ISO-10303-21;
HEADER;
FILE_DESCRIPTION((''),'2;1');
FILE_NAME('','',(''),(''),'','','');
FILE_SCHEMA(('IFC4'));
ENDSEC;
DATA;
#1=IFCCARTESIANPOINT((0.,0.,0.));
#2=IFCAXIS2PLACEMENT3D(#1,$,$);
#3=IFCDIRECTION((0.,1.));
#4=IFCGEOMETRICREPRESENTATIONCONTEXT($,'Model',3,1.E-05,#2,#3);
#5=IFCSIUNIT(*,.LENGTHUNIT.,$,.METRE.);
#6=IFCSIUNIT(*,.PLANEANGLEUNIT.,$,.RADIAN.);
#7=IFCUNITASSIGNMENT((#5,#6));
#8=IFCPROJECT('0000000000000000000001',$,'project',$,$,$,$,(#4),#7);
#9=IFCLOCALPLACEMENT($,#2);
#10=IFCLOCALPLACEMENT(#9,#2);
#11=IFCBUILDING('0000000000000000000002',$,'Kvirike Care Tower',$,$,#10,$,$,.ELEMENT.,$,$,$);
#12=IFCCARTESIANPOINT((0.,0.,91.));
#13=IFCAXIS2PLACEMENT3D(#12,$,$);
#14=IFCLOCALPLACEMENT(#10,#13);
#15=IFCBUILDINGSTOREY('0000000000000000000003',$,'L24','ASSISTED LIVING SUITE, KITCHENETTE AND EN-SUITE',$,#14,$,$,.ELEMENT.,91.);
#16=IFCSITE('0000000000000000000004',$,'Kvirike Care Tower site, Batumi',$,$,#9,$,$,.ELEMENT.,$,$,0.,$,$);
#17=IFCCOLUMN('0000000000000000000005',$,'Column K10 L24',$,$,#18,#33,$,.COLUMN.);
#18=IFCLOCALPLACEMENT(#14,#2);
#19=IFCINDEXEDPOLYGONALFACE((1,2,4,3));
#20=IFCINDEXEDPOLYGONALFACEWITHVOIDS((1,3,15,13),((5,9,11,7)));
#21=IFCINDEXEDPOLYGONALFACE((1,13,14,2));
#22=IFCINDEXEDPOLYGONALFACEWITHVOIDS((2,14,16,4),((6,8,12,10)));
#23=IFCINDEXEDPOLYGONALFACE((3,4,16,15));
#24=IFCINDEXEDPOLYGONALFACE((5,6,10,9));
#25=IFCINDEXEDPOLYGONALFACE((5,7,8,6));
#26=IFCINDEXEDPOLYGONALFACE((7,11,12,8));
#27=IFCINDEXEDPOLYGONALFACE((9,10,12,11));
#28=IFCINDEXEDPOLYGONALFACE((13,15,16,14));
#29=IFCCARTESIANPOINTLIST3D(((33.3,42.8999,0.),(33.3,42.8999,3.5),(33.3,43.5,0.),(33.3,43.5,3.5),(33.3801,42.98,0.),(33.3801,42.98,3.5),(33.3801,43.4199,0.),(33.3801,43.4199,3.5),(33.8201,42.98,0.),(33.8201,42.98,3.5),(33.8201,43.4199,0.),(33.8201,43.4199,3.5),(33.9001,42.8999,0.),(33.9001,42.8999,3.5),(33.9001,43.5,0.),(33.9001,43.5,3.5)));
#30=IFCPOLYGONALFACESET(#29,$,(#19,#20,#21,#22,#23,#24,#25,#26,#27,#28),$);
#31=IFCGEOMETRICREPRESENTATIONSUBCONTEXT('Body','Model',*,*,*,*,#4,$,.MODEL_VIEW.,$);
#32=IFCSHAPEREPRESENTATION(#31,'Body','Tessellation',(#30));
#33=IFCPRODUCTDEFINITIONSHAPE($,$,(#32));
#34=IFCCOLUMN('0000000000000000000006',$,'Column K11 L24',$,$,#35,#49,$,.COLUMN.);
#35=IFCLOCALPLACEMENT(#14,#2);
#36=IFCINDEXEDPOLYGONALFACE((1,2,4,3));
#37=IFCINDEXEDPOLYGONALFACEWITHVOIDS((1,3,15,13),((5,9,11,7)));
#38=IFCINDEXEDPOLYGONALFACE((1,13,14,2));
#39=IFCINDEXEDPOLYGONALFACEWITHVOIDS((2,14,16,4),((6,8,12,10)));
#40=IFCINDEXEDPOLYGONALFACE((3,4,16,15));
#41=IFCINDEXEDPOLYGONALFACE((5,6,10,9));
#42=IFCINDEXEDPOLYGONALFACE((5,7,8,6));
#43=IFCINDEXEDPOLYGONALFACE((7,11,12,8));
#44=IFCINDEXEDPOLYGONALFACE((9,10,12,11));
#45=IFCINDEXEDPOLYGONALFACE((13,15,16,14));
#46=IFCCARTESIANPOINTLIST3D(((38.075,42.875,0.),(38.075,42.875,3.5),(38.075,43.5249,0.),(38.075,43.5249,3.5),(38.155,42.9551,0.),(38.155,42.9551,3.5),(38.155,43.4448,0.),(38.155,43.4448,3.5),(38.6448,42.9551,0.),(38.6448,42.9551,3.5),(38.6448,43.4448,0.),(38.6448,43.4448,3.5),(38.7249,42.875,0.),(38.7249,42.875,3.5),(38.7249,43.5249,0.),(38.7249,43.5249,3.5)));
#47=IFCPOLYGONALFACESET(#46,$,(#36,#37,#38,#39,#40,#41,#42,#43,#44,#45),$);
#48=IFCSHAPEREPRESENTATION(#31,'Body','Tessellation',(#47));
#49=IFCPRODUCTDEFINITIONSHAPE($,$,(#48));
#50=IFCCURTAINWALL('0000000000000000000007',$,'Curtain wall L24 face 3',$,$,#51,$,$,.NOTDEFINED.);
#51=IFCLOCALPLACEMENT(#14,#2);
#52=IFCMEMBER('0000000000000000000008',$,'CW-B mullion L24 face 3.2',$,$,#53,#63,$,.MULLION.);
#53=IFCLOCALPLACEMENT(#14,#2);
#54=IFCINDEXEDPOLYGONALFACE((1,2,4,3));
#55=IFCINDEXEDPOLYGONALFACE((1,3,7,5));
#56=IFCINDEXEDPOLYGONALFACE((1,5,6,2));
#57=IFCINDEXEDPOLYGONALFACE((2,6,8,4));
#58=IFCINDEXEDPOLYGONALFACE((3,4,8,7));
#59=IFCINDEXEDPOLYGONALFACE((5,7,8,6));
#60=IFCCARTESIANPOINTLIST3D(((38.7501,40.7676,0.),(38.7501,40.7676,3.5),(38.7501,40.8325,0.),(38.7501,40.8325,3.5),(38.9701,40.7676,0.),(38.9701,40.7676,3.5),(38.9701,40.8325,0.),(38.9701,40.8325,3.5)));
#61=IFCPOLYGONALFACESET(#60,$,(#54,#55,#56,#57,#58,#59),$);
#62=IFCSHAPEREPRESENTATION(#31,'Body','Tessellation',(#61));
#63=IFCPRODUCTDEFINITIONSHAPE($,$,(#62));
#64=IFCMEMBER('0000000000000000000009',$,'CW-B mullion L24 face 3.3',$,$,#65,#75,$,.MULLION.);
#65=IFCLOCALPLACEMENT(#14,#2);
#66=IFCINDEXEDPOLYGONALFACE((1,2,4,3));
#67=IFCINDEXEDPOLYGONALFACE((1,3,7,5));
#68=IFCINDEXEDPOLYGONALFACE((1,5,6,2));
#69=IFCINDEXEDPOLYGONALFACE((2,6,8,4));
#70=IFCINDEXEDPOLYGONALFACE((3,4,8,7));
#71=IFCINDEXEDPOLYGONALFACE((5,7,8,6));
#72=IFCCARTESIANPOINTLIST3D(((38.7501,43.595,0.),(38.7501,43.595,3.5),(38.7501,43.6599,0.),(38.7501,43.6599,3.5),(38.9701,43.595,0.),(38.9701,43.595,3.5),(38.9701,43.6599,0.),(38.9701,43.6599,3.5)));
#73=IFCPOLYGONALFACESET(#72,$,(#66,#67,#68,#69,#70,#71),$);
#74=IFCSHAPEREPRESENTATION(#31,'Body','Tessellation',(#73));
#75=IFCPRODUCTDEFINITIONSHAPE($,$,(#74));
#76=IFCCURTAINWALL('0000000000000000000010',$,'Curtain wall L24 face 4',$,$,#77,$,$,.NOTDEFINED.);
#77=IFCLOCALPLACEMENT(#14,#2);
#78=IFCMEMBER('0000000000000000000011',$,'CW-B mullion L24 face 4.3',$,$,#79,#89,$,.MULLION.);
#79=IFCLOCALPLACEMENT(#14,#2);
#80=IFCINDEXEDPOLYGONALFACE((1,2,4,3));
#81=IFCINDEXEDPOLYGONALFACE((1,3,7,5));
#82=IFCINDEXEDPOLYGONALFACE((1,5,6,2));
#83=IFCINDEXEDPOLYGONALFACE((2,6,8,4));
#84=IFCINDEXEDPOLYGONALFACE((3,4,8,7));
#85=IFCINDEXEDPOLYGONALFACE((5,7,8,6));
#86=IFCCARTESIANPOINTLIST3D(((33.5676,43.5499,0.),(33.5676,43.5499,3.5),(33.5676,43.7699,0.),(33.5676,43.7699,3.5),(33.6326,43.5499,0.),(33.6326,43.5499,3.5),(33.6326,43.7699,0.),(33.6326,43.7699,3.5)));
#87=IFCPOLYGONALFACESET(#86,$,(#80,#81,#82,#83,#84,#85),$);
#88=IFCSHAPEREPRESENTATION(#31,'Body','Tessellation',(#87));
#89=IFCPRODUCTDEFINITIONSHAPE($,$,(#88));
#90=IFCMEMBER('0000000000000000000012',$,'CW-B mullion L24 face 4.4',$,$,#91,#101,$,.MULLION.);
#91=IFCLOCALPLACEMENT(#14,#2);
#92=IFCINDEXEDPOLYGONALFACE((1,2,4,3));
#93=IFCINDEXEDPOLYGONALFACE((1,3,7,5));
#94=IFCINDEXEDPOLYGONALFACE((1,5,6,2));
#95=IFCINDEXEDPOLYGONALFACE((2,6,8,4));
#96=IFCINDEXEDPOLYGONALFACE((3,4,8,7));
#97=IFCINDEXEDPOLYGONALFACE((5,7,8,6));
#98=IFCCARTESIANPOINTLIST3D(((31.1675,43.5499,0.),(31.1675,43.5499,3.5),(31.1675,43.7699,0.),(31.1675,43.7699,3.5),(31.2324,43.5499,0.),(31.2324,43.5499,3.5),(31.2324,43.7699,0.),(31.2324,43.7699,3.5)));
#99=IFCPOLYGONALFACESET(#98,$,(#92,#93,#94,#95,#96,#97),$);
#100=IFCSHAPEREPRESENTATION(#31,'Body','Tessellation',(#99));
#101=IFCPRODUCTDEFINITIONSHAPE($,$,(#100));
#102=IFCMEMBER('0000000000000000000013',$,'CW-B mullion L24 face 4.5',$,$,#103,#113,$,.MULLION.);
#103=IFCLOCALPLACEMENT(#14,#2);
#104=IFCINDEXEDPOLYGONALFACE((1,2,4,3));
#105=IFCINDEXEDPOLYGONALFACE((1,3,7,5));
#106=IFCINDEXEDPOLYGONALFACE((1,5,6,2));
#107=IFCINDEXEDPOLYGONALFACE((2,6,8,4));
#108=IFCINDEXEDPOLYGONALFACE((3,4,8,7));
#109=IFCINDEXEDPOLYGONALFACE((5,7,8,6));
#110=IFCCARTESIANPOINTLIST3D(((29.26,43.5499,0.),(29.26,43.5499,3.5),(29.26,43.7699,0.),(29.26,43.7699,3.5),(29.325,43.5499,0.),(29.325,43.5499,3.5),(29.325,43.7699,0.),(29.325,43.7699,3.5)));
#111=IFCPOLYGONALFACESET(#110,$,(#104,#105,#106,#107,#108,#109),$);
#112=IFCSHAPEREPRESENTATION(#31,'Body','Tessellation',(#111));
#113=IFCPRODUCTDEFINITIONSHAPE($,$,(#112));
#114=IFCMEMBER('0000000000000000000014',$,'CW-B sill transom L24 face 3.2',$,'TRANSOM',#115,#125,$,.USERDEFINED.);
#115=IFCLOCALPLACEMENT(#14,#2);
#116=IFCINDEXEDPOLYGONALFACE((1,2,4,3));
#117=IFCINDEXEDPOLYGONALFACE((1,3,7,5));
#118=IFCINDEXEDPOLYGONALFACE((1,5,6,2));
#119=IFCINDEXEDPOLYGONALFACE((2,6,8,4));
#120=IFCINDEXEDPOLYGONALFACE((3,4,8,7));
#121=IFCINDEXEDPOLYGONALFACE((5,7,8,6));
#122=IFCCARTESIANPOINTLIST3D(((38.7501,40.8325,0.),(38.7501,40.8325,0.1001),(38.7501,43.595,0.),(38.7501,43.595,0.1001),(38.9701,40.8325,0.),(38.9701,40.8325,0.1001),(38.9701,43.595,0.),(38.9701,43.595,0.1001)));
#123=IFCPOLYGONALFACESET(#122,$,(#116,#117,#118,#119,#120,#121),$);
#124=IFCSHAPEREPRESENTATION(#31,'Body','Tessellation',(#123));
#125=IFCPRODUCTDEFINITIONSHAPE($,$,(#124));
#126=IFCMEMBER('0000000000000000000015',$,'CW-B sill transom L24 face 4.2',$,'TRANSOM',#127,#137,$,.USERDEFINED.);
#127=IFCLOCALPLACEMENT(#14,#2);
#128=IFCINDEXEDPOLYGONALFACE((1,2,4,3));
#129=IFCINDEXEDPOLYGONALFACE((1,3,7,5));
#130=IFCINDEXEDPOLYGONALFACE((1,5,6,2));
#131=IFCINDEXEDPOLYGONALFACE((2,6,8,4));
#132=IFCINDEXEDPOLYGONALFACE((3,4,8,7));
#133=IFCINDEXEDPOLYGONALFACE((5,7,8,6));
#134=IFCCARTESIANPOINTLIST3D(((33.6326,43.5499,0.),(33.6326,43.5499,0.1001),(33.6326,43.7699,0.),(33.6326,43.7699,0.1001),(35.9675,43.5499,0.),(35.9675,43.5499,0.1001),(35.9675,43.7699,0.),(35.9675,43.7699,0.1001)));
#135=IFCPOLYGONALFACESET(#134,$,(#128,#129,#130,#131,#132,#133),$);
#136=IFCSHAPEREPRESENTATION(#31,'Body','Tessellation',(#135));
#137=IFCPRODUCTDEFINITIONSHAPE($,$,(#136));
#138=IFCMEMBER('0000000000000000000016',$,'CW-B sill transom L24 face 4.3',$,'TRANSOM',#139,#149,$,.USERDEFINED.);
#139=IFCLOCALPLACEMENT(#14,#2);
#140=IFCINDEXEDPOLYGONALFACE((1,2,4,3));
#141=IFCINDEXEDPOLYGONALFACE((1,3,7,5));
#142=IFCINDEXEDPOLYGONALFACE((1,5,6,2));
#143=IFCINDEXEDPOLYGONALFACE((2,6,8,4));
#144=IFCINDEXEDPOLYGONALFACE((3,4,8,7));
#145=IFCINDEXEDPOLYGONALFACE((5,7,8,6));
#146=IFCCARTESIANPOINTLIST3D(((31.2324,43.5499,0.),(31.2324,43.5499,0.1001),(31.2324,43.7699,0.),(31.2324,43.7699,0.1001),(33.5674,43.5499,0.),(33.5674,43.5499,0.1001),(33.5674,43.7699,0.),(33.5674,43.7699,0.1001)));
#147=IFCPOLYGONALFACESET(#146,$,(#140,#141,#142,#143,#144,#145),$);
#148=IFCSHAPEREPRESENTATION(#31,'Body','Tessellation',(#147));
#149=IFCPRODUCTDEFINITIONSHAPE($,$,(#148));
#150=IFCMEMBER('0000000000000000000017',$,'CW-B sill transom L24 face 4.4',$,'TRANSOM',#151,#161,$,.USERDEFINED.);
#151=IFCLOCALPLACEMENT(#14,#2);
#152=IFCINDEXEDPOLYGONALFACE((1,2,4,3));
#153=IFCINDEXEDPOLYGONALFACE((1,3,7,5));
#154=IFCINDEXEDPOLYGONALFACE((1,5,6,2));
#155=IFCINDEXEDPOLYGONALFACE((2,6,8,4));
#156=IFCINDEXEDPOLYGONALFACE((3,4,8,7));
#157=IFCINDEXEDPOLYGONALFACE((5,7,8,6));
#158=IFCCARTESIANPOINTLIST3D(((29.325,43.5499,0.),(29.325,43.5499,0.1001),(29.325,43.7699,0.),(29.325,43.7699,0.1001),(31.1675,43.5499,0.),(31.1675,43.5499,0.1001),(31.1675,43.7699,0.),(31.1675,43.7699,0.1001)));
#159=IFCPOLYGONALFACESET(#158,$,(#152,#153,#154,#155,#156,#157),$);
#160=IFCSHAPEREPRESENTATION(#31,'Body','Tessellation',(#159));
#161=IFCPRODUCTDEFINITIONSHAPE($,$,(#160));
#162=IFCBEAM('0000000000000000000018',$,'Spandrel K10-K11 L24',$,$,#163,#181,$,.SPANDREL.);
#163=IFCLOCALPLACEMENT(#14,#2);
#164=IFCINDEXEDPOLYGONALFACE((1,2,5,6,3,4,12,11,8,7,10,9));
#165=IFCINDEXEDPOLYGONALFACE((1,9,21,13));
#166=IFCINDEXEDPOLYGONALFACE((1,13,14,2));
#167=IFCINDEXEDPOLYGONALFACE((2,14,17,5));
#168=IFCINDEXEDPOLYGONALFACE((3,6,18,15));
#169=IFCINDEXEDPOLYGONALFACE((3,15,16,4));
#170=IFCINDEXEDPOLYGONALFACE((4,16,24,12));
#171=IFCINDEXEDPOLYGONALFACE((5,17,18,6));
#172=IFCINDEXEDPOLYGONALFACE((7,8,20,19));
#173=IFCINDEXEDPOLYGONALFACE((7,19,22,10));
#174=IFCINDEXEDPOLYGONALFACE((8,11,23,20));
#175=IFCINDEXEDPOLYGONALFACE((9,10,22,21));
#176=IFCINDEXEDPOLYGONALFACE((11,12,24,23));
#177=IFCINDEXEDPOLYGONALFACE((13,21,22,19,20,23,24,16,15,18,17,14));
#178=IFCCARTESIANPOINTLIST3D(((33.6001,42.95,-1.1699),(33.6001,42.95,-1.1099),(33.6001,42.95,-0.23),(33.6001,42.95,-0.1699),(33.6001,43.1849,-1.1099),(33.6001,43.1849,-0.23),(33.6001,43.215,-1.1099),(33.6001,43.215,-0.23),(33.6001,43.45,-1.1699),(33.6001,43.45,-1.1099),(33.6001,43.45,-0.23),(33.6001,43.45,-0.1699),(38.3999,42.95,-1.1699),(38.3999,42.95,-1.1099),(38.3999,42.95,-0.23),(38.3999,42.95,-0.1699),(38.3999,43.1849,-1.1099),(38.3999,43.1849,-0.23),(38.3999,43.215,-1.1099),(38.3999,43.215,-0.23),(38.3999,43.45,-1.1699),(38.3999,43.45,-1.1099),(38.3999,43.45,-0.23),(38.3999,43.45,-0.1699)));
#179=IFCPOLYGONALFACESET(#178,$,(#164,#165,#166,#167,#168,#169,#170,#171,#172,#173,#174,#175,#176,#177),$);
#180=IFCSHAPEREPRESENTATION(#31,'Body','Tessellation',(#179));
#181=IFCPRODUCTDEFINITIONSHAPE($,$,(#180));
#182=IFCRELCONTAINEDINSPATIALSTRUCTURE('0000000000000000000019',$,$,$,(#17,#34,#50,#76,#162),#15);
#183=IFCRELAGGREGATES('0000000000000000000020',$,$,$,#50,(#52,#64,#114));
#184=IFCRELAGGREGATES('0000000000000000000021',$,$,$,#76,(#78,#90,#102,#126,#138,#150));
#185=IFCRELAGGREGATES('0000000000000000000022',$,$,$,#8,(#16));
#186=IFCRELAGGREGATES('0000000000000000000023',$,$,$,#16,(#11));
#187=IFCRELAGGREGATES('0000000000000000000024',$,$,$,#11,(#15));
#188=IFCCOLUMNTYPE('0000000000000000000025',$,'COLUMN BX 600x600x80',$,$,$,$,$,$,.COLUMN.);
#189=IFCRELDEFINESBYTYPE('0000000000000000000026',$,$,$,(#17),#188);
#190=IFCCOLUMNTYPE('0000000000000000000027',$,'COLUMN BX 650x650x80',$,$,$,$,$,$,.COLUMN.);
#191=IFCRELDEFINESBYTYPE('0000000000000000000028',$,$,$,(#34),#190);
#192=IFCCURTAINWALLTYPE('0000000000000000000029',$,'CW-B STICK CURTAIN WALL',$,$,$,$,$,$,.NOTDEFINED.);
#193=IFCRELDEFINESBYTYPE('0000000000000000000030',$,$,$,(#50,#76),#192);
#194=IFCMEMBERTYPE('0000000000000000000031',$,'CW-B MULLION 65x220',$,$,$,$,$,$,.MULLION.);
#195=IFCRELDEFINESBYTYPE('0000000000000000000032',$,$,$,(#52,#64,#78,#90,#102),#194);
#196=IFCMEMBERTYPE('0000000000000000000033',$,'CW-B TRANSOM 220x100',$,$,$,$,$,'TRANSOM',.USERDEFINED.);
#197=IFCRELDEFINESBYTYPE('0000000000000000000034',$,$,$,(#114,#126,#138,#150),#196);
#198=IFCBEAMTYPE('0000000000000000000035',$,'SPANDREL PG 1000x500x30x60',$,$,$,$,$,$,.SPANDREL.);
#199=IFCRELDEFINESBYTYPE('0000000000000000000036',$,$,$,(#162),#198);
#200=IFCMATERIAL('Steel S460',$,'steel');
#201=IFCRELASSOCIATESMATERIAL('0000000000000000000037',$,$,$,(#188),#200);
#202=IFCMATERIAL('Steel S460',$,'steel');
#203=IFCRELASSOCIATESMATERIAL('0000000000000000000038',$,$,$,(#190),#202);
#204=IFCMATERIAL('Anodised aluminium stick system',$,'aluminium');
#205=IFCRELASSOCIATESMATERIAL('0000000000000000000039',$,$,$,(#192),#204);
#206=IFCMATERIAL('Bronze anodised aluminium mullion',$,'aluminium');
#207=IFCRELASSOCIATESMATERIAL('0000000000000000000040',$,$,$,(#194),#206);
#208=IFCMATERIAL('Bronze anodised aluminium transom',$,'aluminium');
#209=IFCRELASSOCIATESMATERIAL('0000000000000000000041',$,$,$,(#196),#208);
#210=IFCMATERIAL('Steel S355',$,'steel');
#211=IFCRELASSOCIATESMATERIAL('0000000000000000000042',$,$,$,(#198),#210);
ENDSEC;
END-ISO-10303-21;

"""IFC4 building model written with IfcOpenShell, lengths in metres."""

from ifc_helpers import new_model, si_unit, direction, frame, origin, origin_2d, place, context, subcontext, project, spatial, rectangle, hollow_rectangle, i_section, extrude, material, material_profile, profile_set, type_object, element, aggregate, save


model = new_model("IFC4")

# Units and contexts
model_context = context("Model", 3, precision=1e-05, world=origin(), true_north=direction((0.0, 1.0)))
body_context = subcontext(model_context, "Body", "Model", "MODEL_VIEW")
ifc_project = project(units=[si_unit("LENGTHUNIT", "METRE"), si_unit("PLANEANGLEUNIT", "RADIAN")], contexts=[model_context])

# Site, building, storey
site_placement = place(None, origin())
site = spatial("IfcSite", under=ifc_project, at=site_placement, Name="Kvirike Care Tower site, Batumi", CompositionType="ELEMENT", RefElevation=0.0)
building_placement = place(site_placement, origin())
building = spatial("IfcBuilding", under=site, at=building_placement, Name="Kvirike Care Tower", CompositionType="ELEMENT")
storey_placement = place(building_placement, frame((0.0, 0.0, 91.0)))
storey = spatial("IfcBuildingStorey", under=building, at=storey_placement, Name="L24", Description="ASSISTED LIVING SUITE, KITCHENETTE AND EN-SUITE", CompositionType="ELEMENT", Elevation=91.0)

# Columns
ifc_material_1 = material(Name="Steel S460", Category="steel")
ifc_material_profile_1 = material_profile(ifc_material_1, hollow_rectangle(XDim=0.6001, YDim=0.6001, WallThickness=0.0801, at=origin_2d()), Name="BX 600x600x80")
ifc_profile_set_1 = profile_set([ifc_material_profile_1], Name="Steel S460")
column_type_1 = type_object("IfcColumnType", Name="COLUMN BX 600x600x80", PredefinedType="COLUMN", material=ifc_profile_set_1)
column_1_placement = place(storey_placement, frame((33.6001, 43.2, 0.0), z_axis=(0.0, 0.0, 1.0), x_axis=(0.0, 1.0, 0.0)))
element("IfcColumn", 1, at=column_1_placement, inside=storey, type_object=column_type_1, Name="Column K10 L24", PredefinedType="COLUMN", context=body_context, shape_type="SweptSolid", body=[
    extrude(hollow_rectangle(XDim=0.6001, YDim=0.6001, WallThickness=0.0801, at=origin_2d()), origin(), (0.0, 0.0, 1.0), 3.5),
])
ifc_material_2 = material(Name="Steel S460", Category="steel")
ifc_material_profile_2 = material_profile(ifc_material_2, hollow_rectangle(XDim=0.6499, YDim=0.6499, WallThickness=0.0801, at=origin_2d()), Name="BX 650x650x80")
ifc_profile_set_2 = profile_set([ifc_material_profile_2], Name="Steel S460")
column_type_2 = type_object("IfcColumnType", Name="COLUMN BX 650x650x80", PredefinedType="COLUMN", material=ifc_profile_set_2)
column_2_placement = place(storey_placement, frame((38.3999, 43.2, 0.0), z_axis=(0.0, 0.0, 1.0), x_axis=(0.0, 1.0, 0.0)))
element("IfcColumn", 2, at=column_2_placement, inside=storey, type_object=column_type_2, Name="Column K11 L24", PredefinedType="COLUMN", context=body_context, shape_type="SweptSolid", body=[
    extrude(hollow_rectangle(XDim=0.6499, YDim=0.6499, WallThickness=0.0801, at=origin_2d()), origin(), (0.0, 0.0, 1.0), 3.5),
])

# Curtain walls, members
ifc_material_3 = material(Name="Anodised aluminium stick system", Category="aluminium")
curtain_wall_type = type_object("IfcCurtainWallType", Name="CW-B STICK CURTAIN WALL", PredefinedType="NOTDEFINED", material=ifc_material_3)
curtain_wall_1_placement = place(storey_placement, origin())
curtain_wall_1 = element("IfcCurtainWall", 3, at=curtain_wall_1_placement, inside=storey, type_object=curtain_wall_type, Name="Curtain wall L24 face 3", PredefinedType="NOTDEFINED")
ifc_material_4 = material(Name="Bronze anodised aluminium mullion", Category="aluminium")
ifc_material_profile_3 = material_profile(ifc_material_4, rectangle(XDim=0.0649, YDim=0.22, at=origin_2d()), Name="CW-B MULLION 65x220")
ifc_profile_set_3 = profile_set([ifc_material_profile_3], Name="Bronze anodised aluminium mullion")
member_type_1 = type_object("IfcMemberType", Name="CW-B MULLION 65x220", PredefinedType="MULLION", material=ifc_profile_set_3)
member_1_placement = place(storey_placement, frame((38.8601, 40.8, 0.0), z_axis=(0.0, 0.0, 1.0), x_axis=(0.0, 1.0, 0.0)))
member_1 = element("IfcMember", 4, at=member_1_placement, type_object=member_type_1, Name="CW-B mullion L24 face 3.2", PredefinedType="MULLION", context=body_context, shape_type="SweptSolid", body=[
    extrude(rectangle(XDim=0.0649, YDim=0.22, at=origin_2d()), origin(), (0.0, 0.0, 1.0), 3.5),
])
member_2_placement = place(storey_placement, frame((38.8601, 43.6274, 0.0), z_axis=(0.0, 0.0, 1.0), x_axis=(0.0, 1.0, 0.0)))
member_2 = element("IfcMember", 5, at=member_2_placement, type_object=member_type_1, Name="CW-B mullion L24 face 3.3", PredefinedType="MULLION", context=body_context, shape_type="SweptSolid", body=[
    extrude(rectangle(XDim=0.0649, YDim=0.22, at=origin_2d()), origin(), (0.0, 0.0, 1.0), 3.5),
])
curtain_wall_2_placement = place(storey_placement, origin())
curtain_wall_2 = element("IfcCurtainWall", 6, at=curtain_wall_2_placement, inside=storey, type_object=curtain_wall_type, Name="Curtain wall L24 face 4", PredefinedType="NOTDEFINED")
member_3_placement = place(storey_placement, frame((33.6001, 43.6599, 0.0), z_axis=(0.0, 0.0, 1.0), x_axis=(-1.0, 0.0, 0.0)))
member_3 = element("IfcMember", 7, at=member_3_placement, type_object=member_type_1, Name="CW-B mullion L24 face 4.3", PredefinedType="MULLION", context=body_context, shape_type="SweptSolid", body=[
    extrude(rectangle(XDim=0.0649, YDim=0.22, at=origin_2d()), origin(), (0.0, 0.0, 1.0), 3.5),
])
member_4_placement = place(storey_placement, frame((31.2, 43.6599, 0.0), z_axis=(0.0, 0.0, 1.0), x_axis=(-1.0, 0.0, 0.0)))
member_4 = element("IfcMember", 8, at=member_4_placement, type_object=member_type_1, Name="CW-B mullion L24 face 4.4", PredefinedType="MULLION", context=body_context, shape_type="SweptSolid", body=[
    extrude(rectangle(XDim=0.0649, YDim=0.22, at=origin_2d()), origin(), (0.0, 0.0, 1.0), 3.5),
])
member_5_placement = place(storey_placement, frame((29.2925, 43.6599, 0.0), z_axis=(0.0, 0.0, 1.0), x_axis=(-1.0, 0.0, 0.0)))
member_5 = element("IfcMember", 9, at=member_5_placement, type_object=member_type_1, Name="CW-B mullion L24 face 4.5", PredefinedType="MULLION", context=body_context, shape_type="SweptSolid", body=[
    extrude(rectangle(XDim=0.0649, YDim=0.22, at=origin_2d()), origin(), (0.0, 0.0, 1.0), 3.5),
])

# Members
ifc_material_5 = material(Name="Bronze anodised aluminium transom", Category="aluminium")
ifc_material_profile_4 = material_profile(ifc_material_5, rectangle(XDim=0.22, YDim=0.1001, at=origin_2d()), Name="CW-B TRANSOM 220x100")
ifc_profile_set_4 = profile_set([ifc_material_profile_4], Name="Bronze anodised aluminium transom")
member_type_2 = type_object("IfcMemberType", Name="CW-B TRANSOM 220x100", ElementType="TRANSOM", PredefinedType="USERDEFINED", material=ifc_profile_set_4)
member_6_placement = place(storey_placement, frame((38.8601, 40.8325, 0.05), z_axis=(0.0, 1.0, 0.0), x_axis=(-1.0, 0.0, 0.0)))
member_6 = element("IfcMember", 10, at=member_6_placement, type_object=member_type_2, Name="CW-B sill transom L24 face 3.2", ObjectType="TRANSOM", PredefinedType="USERDEFINED", context=body_context, shape_type="SweptSolid", body=[
    extrude(rectangle(XDim=0.22, YDim=0.1001, at=origin_2d()), origin(), (0.0, 0.0, 1.0), 2.7625),
])
member_7_placement = place(storey_placement, frame((35.9675, 43.6599, 0.05), z_axis=(-1.0, 0.0, 0.0), x_axis=(0.0, -1.0, 0.0)))
member_7 = element("IfcMember", 11, at=member_7_placement, type_object=member_type_2, Name="CW-B sill transom L24 face 4.2", ObjectType="TRANSOM", PredefinedType="USERDEFINED", context=body_context, shape_type="SweptSolid", body=[
    extrude(rectangle(XDim=0.22, YDim=0.1001, at=origin_2d()), origin(), (0.0, 0.0, 1.0), 2.335),
])
member_8_placement = place(storey_placement, frame((33.5674, 43.6599, 0.05), z_axis=(-1.0, 0.0, 0.0), x_axis=(0.0, -1.0, 0.0)))
member_8 = element("IfcMember", 12, at=member_8_placement, type_object=member_type_2, Name="CW-B sill transom L24 face 4.3", ObjectType="TRANSOM", PredefinedType="USERDEFINED", context=body_context, shape_type="SweptSolid", body=[
    extrude(rectangle(XDim=0.22, YDim=0.1001, at=origin_2d()), origin(), (0.0, 0.0, 1.0), 2.335),
])
member_9_placement = place(storey_placement, frame((31.1675, 43.6599, 0.05), z_axis=(-1.0, 0.0, 0.0), x_axis=(0.0, -1.0, 0.0)))
member_9 = element("IfcMember", 13, at=member_9_placement, type_object=member_type_2, Name="CW-B sill transom L24 face 4.4", ObjectType="TRANSOM", PredefinedType="USERDEFINED", context=body_context, shape_type="SweptSolid", body=[
    extrude(rectangle(XDim=0.22, YDim=0.1001, at=origin_2d()), origin(), (0.0, 0.0, 1.0), 1.8425),
])

# Beam
ifc_material_6 = material(Name="Steel S355", Category="steel")
ifc_material_profile_5 = material_profile(ifc_material_6, i_section(OverallWidth=0.5, OverallDepth=1.0, WebThickness=0.03, FlangeThickness=0.0601, at=origin_2d()), Name="PG 1000x500x30x60")
ifc_profile_set_5 = profile_set([ifc_material_profile_5], Name="Steel S355")
beam_type = type_object("IfcBeamType", Name="SPANDREL PG 1000x500x30x60", PredefinedType="SPANDREL", material=ifc_profile_set_5)
beam_placement = place(storey_placement, frame((33.6001, 43.2, -0.6699), z_axis=(1.0, 0.0, 0.0), x_axis=(0.0, 1.0, 0.0)))
element("IfcBeam", 14, at=beam_placement, inside=storey, type_object=beam_type, Name="Spandrel K10-K11 L24", PredefinedType="SPANDREL", context=body_context, shape_type="SweptSolid", body=[
    extrude(i_section(OverallWidth=0.5, OverallDepth=1.0, WebThickness=0.03, FlangeThickness=0.0601, at=origin_2d()), origin(), (0.0, 0.0, 1.0), 4.7998),
])

aggregate(curtain_wall_1, [member_1, member_2, member_6])
aggregate(curtain_wall_2, [member_3, member_4, member_5, member_7, member_8, member_9])

save(model, "model.ifc")
